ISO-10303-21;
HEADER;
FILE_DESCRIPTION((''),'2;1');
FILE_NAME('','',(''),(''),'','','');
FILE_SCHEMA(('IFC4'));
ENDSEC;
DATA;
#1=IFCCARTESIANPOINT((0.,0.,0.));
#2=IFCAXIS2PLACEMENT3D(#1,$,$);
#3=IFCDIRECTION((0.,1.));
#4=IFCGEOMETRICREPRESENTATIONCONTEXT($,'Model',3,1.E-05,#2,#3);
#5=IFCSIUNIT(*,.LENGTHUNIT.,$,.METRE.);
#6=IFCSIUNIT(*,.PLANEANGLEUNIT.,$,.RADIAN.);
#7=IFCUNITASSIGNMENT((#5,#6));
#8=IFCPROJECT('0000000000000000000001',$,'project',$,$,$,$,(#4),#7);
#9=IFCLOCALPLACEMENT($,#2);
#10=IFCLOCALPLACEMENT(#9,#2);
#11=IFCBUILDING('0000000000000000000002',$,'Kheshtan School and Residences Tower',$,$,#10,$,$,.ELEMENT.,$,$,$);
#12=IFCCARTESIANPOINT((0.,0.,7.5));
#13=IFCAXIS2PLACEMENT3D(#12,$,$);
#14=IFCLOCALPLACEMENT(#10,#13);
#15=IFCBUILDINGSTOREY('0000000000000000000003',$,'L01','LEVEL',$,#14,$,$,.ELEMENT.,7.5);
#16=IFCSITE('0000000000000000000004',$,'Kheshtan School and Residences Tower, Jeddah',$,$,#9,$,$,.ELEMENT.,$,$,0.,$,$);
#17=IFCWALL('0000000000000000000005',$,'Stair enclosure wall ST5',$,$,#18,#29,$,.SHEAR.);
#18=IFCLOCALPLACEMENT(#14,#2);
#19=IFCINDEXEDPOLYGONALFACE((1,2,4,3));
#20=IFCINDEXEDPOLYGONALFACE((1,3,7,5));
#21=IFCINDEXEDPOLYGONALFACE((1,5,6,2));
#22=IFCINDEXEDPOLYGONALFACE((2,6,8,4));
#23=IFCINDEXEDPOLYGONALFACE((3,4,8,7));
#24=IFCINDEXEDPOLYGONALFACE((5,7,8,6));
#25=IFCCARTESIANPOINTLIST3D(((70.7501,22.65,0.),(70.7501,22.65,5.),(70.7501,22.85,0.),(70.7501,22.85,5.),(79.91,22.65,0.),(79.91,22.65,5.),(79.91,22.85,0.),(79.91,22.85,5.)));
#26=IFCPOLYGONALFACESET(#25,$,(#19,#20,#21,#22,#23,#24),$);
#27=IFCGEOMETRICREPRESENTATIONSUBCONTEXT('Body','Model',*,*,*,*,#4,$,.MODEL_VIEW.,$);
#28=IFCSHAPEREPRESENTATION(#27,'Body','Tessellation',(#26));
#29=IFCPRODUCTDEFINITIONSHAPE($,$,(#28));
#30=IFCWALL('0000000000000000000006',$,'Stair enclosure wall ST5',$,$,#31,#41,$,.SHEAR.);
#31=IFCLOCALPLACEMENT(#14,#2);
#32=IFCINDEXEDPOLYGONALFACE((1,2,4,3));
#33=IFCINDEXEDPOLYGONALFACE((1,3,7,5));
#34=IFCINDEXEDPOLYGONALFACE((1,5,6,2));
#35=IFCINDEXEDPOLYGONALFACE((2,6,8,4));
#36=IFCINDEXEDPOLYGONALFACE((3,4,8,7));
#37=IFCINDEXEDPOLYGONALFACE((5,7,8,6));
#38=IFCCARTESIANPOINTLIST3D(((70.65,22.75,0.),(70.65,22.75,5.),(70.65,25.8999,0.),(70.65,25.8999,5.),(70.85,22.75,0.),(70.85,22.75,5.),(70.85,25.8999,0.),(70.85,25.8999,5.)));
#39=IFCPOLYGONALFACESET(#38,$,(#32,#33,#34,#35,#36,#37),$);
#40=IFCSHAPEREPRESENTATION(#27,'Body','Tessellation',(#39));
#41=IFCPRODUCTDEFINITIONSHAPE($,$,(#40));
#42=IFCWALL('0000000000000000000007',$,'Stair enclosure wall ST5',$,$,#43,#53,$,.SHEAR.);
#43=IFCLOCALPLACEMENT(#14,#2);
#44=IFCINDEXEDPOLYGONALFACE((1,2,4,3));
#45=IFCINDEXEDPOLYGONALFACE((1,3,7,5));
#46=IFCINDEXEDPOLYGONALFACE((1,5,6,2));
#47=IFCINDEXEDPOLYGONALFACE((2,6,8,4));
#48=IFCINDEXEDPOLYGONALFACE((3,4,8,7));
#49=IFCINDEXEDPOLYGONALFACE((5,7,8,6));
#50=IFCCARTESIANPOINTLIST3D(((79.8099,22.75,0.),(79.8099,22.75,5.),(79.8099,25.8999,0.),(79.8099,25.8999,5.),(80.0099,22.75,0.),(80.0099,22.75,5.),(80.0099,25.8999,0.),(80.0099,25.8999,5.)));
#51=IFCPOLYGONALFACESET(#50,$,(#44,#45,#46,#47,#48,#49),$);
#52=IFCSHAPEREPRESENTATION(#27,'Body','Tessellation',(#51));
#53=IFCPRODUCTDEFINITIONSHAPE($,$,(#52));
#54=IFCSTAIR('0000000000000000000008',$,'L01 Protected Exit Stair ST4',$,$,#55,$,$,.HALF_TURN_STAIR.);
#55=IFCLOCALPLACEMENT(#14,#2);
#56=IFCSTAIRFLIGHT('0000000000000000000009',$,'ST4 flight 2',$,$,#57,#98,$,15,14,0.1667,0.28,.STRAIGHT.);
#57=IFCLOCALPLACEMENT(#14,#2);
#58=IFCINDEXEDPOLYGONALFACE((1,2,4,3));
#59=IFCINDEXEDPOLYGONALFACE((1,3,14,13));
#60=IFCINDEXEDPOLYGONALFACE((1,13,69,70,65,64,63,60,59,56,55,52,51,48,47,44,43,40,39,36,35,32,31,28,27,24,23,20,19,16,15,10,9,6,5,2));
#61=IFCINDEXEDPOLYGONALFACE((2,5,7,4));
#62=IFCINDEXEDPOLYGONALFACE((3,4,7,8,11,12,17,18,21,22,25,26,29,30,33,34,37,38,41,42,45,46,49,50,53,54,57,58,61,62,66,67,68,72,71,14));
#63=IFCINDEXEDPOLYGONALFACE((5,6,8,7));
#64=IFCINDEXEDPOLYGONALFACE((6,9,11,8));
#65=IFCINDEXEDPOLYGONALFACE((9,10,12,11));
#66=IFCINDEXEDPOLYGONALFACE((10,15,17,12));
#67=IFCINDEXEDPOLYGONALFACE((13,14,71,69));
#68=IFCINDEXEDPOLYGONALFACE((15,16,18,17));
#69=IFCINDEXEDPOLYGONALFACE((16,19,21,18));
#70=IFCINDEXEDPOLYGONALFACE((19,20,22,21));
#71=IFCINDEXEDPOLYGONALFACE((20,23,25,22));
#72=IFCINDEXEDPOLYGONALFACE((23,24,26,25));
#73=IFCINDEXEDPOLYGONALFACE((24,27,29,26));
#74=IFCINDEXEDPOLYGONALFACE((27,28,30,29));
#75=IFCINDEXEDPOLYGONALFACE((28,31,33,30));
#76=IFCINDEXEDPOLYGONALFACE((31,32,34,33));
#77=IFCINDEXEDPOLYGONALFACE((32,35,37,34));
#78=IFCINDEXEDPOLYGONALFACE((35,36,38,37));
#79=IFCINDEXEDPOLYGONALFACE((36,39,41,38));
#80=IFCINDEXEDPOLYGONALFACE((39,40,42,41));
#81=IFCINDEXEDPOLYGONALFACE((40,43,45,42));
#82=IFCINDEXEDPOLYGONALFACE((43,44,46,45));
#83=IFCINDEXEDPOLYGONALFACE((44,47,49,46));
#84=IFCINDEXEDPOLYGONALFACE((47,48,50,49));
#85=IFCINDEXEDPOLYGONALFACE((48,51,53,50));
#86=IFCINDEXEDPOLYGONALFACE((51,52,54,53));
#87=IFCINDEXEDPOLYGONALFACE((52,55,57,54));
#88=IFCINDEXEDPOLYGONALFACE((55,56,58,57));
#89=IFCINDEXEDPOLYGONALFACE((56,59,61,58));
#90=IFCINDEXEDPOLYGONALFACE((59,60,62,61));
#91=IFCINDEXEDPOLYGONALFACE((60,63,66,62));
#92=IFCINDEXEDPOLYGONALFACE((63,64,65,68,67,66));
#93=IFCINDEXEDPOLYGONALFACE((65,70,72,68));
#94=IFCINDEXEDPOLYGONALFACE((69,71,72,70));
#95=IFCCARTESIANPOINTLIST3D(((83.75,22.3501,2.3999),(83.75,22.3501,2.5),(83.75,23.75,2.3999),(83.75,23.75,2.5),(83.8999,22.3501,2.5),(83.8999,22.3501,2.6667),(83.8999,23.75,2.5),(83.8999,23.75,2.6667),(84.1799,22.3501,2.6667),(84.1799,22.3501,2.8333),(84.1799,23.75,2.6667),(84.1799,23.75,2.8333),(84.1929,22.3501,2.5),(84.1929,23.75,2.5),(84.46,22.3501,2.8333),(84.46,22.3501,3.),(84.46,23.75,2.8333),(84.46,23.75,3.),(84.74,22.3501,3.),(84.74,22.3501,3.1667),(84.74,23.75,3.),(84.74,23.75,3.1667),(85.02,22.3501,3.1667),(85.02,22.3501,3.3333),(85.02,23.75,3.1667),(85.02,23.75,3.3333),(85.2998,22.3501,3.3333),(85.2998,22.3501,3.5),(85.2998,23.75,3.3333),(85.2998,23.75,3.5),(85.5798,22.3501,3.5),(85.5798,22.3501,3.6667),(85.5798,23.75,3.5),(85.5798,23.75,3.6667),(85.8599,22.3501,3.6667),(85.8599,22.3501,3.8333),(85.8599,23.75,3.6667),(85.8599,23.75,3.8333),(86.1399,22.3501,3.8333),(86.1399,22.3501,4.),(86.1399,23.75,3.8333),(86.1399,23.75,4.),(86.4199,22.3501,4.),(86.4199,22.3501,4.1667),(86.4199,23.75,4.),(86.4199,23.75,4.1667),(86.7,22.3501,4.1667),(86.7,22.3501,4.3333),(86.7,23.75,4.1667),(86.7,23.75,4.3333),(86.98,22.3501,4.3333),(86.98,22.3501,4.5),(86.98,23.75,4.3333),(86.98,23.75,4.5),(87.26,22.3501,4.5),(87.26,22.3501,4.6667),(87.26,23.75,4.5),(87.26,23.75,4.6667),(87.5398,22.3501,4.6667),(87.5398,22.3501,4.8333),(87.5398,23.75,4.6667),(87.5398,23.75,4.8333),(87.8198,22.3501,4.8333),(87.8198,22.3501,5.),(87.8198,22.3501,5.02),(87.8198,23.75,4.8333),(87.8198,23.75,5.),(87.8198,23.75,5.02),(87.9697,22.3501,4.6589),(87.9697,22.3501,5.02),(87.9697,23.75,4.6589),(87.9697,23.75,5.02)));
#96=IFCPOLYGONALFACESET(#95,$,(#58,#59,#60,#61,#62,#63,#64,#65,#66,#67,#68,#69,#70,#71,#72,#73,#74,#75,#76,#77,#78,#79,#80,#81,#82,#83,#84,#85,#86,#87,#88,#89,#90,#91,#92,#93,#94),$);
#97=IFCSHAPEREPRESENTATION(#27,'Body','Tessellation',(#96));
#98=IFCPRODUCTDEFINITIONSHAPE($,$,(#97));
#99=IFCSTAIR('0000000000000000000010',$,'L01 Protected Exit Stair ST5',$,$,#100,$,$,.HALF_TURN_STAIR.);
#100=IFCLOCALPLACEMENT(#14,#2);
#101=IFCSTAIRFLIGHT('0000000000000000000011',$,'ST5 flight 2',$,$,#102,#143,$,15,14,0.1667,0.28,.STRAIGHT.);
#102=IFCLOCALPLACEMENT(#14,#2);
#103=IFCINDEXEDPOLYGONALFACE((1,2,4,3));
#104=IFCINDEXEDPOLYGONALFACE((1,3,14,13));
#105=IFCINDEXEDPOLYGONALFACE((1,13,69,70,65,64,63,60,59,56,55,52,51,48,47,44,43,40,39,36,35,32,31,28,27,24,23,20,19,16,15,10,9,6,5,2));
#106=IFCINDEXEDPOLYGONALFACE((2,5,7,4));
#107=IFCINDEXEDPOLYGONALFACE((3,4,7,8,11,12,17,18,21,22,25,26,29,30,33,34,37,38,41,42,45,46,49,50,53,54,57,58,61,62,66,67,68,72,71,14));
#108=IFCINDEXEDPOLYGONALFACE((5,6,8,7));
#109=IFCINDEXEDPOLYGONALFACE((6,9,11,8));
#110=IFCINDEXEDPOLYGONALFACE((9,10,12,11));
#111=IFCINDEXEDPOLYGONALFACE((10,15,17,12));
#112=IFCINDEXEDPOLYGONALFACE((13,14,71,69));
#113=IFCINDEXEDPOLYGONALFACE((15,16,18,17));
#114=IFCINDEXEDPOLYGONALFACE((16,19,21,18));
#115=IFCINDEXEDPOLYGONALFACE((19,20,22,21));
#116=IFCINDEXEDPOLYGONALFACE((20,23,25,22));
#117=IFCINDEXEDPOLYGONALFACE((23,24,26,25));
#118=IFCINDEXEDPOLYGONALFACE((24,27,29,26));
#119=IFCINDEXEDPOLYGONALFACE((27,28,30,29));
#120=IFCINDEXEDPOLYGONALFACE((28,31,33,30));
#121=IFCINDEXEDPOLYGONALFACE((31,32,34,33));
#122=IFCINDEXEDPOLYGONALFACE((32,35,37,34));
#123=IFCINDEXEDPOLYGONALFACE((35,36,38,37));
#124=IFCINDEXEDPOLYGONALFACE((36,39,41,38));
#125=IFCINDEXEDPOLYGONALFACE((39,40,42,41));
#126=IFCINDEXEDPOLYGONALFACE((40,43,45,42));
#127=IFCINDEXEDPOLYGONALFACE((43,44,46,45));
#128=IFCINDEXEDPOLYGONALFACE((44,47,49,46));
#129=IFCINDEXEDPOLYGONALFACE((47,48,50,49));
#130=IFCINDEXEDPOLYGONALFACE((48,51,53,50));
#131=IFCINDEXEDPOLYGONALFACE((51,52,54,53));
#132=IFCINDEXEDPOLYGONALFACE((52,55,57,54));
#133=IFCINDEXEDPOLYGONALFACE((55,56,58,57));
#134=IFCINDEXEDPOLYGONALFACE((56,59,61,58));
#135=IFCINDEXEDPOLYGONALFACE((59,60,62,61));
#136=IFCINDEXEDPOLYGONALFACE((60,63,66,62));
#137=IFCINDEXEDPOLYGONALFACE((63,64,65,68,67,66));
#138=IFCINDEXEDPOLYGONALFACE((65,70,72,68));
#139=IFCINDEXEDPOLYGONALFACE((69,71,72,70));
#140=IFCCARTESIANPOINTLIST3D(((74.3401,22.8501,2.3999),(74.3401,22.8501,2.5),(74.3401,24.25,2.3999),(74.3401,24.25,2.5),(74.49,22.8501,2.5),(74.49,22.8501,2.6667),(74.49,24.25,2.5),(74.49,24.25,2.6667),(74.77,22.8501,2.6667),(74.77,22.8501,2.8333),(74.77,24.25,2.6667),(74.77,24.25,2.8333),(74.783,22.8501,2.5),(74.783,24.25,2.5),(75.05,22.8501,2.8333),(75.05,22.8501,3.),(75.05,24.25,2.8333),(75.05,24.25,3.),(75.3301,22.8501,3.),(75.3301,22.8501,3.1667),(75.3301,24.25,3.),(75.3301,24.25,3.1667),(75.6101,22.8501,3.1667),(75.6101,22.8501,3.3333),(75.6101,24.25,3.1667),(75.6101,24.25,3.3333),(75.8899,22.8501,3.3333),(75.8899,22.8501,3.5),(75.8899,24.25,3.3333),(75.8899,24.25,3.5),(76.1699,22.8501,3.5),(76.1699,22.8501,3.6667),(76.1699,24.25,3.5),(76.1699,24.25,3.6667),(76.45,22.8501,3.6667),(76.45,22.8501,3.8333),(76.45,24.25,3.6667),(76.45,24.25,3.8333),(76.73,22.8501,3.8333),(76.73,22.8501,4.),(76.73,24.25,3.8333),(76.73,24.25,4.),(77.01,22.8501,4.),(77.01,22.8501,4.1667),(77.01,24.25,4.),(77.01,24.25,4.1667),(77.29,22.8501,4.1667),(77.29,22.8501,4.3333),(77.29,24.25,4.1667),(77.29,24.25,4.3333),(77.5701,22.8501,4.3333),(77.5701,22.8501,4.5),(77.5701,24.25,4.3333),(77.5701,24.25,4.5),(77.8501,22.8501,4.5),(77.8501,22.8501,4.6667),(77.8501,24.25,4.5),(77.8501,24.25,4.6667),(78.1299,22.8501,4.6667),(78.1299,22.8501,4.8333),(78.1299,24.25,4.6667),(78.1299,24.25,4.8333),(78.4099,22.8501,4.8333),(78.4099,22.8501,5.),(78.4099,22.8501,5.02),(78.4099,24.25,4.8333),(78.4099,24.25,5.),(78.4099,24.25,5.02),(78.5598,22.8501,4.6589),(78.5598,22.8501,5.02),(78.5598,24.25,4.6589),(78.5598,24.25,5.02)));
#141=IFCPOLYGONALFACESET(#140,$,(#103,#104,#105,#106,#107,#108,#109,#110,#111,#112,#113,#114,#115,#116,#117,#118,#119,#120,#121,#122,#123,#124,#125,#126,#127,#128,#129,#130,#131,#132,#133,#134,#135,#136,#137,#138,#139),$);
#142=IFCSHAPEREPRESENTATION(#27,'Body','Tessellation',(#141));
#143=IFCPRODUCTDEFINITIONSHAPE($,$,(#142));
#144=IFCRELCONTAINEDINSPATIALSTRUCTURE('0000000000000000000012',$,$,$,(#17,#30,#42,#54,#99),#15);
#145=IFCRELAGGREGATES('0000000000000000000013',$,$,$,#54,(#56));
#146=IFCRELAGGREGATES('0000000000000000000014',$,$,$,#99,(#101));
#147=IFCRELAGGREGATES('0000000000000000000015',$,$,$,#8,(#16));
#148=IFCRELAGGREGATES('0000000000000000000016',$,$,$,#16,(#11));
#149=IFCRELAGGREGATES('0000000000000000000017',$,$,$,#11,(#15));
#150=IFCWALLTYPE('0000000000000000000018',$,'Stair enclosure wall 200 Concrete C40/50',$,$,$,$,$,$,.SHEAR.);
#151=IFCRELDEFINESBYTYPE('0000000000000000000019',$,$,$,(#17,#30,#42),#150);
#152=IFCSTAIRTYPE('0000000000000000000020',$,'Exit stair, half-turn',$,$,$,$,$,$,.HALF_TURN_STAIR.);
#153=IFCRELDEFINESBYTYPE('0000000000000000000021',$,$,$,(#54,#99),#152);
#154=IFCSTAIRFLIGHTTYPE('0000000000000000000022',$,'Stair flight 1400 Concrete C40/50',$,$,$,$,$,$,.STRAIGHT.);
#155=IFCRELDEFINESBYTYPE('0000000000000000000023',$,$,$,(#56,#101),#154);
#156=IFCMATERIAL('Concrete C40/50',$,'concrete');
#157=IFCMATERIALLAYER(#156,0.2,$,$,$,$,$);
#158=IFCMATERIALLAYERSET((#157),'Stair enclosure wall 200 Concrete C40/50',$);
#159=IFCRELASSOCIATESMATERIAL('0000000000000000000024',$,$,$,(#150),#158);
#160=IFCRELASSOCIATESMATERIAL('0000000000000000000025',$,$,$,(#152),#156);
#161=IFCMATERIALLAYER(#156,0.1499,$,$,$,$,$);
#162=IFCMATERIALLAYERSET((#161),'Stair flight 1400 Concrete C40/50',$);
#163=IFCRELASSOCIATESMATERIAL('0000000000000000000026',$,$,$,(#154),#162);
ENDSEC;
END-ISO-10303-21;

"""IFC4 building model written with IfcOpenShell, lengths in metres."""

from ifc_helpers import new_model, si_unit, direction, frame, frame_2d, origin, place, context, subcontext, project, spatial, polyline, rectangle, outline, extrude, material, layer, layer_set, type_object, element, aggregate, save


model = new_model("IFC4")

# Units and contexts
model_context = context("Model", 3, precision=1e-05, world=origin(), true_north=direction((0.0, 1.0)))
body_context = subcontext(model_context, "Body", "Model", "MODEL_VIEW")
ifc_project = project(units=[si_unit("LENGTHUNIT", "METRE"), si_unit("PLANEANGLEUNIT", "RADIAN")], contexts=[model_context])

# Site, building, storey
site_placement = place(None, origin())
site = spatial("IfcSite", under=ifc_project, at=site_placement, Name="Kheshtan School and Residences Tower, Jeddah", CompositionType="ELEMENT", RefElevation=0.0)
building_placement = place(site_placement, origin())
building = spatial("IfcBuilding", under=site, at=building_placement, Name="Kheshtan School and Residences Tower", CompositionType="ELEMENT")
storey_placement = place(building_placement, frame((0.0, 0.0, 7.5)))
storey = spatial("IfcBuildingStorey", under=building, at=storey_placement, Name="L01", Description="LEVEL", CompositionType="ELEMENT", Elevation=7.5)

# Walls
ifc_material_1 = material(Name="Concrete C40/50", Category="concrete")
ifc_layer_1 = layer(ifc_material_1, 0.2)
ifc_layer_set_1 = layer_set([ifc_layer_1], Name="Stair enclosure wall 200 Concrete C40/50")
wall_type_1 = type_object("IfcWallType", Name="Stair enclosure wall 200 Concrete C40/50", PredefinedType="SHEAR", material=ifc_layer_set_1)
wall_1_placement = place(storey_placement, frame((70.75, 22.75, 0.0), z_axis=(0.0, 0.0, 1.0), x_axis=(1.0, 0.0, 0.0)))
element("IfcWall", 1, at=wall_1_placement, inside=storey, type_object=wall_type_1, Name="Stair enclosure wall ST5", PredefinedType="SHEAR", context=body_context, shape_type="SweptSolid", body=[
    extrude(rectangle(XDim=9.1599, YDim=0.2, at=frame_2d((4.5801, 0.0))), origin(), (0.0, 0.0, 1.0), 5.0),
])
for number, where, z_axis, x_axis, name in (
    (2, (70.75, 22.75, 0.0), (0.0, 0.0, 1.0), (0.0, 1.0, 0.0), "Stair enclosure wall ST5"),
    (3, (79.9099, 22.75, 0.0), (0.0, 0.0, 1.0), (0.0, 1.0, 0.0), "Stair enclosure wall ST5"),
):
    element("IfcWall", number, at=place(storey_placement, frame(where, z_axis=z_axis, x_axis=x_axis)), inside=storey, type_object=wall_type_1, Name=name, PredefinedType="SHEAR", context=body_context, shape_type="SweptSolid", body=[
        extrude(rectangle(XDim=3.1499, YDim=0.2, at=frame_2d((1.575, 0.0))), origin(), (0.0, 0.0, 1.0), 5.0),
    ])

# Stairs, stair flights
stair_type = type_object("IfcStairType", Name="Exit stair, half-turn", PredefinedType="HALF_TURN_STAIR", material=ifc_material_1)
stair_1_placement = place(storey_placement, origin())
stair_1 = element("IfcStair", 4, at=stair_1_placement, inside=storey, type_object=stair_type, Name="L01 Protected Exit Stair ST4", PredefinedType="HALF_TURN_STAIR")
ifc_layer_2 = layer(ifc_material_1, 0.1499)
ifc_layer_set_2 = layer_set([ifc_layer_2], Name="Stair flight 1400 Concrete C40/50")
stair_flight_type = type_object("IfcStairFlightType", Name="Stair flight 1400 Concrete C40/50", PredefinedType="STRAIGHT", material=ifc_layer_set_2)
stair_flight_1_placement = place(storey_placement, frame((83.8999, 23.05, 2.5), z_axis=(0.0, 0.0, 1.0), x_axis=(1.0, 0.0, 0.0)))
stair_flight_1 = element("IfcStairFlight", 5, at=stair_flight_1_placement, type_object=stair_flight_type, Name="ST4 flight 2", NumberOfRisers=15, NumberOfTreads=14, PredefinedType="STRAIGHT", RiserHeight=0.1667, TreadLength=0.28, context=body_context, shape_type="SweptSolid", body=[
    extrude(outline(polyline([(-0.1499, -0.1001), (-0.1499, 0.0), (0.0, 0.0), (0.0, 0.1667), (0.28, 0.1667), (0.28, 0.3333), (0.5601, 0.3333), (0.5601, 0.5), (0.8401, 0.5), (0.8401, 0.6667), (1.1201, 0.6667), (1.1201, 0.8333), (1.3999, 0.8333), (1.3999, 1.0), (1.6799, 1.0), (1.6799, 1.1667), (1.96, 1.1667), (1.96, 1.3333), (2.24, 1.3333), (2.24, 1.5), (2.52, 1.5), (2.52, 1.6667), (2.8, 1.6667), (2.8, 1.8333), (3.0801, 1.8333), (3.0801, 2.0), (3.3601, 2.0), (3.3601, 2.1667), (3.6399, 2.1667), (3.6399, 2.3333), (3.9199, 2.3333), (3.9199, 2.5), (3.9199, 2.52), (4.0698, 2.52), (4.0698, 2.1589), (0.293, 0.0), (-0.1499, -0.1001)])), frame((0.0, 0.7, 0.0), z_axis=(0.0, -1.0, 0.0), x_axis=(1.0, 0.0, 0.0)), (0.0, 0.0, 1.0), 1.3999),
])
aggregate(stair_1, [stair_flight_1])
stair_2_placement = place(storey_placement, origin())
stair_2 = element("IfcStair", 6, at=stair_2_placement, inside=storey, type_object=stair_type, Name="L01 Protected Exit Stair ST5", PredefinedType="HALF_TURN_STAIR")
stair_flight_2_placement = place(storey_placement, frame((74.49, 23.55, 2.5), z_axis=(0.0, 0.0, 1.0), x_axis=(1.0, 0.0, 0.0)))
stair_flight_2 = element("IfcStairFlight", 7, at=stair_flight_2_placement, type_object=stair_flight_type, Name="ST5 flight 2", NumberOfRisers=15, NumberOfTreads=14, PredefinedType="STRAIGHT", RiserHeight=0.1667, TreadLength=0.28, context=body_context, shape_type="SweptSolid", body=[
    extrude(outline(polyline([(-0.1499, -0.1001), (-0.1499, 0.0), (0.0, 0.0), (0.0, 0.1667), (0.28, 0.1667), (0.28, 0.3333), (0.5601, 0.3333), (0.5601, 0.5), (0.8401, 0.5), (0.8401, 0.6667), (1.1201, 0.6667), (1.1201, 0.8333), (1.3999, 0.8333), (1.3999, 1.0), (1.6799, 1.0), (1.6799, 1.1667), (1.96, 1.1667), (1.96, 1.3333), (2.24, 1.3333), (2.24, 1.5), (2.52, 1.5), (2.52, 1.6667), (2.8, 1.6667), (2.8, 1.8333), (3.0801, 1.8333), (3.0801, 2.0), (3.3601, 2.0), (3.3601, 2.1667), (3.6399, 2.1667), (3.6399, 2.3333), (3.9199, 2.3333), (3.9199, 2.5), (3.9199, 2.52), (4.0698, 2.52), (4.0698, 2.1589), (0.293, 0.0), (-0.1499, -0.1001)])), frame((0.0, 0.7, 0.0), z_axis=(0.0, -1.0, 0.0), x_axis=(1.0, 0.0, 0.0)), (0.0, 0.0, 1.0), 1.3999),
])
aggregate(stair_2, [stair_flight_2])

save(model, "model.ifc")
